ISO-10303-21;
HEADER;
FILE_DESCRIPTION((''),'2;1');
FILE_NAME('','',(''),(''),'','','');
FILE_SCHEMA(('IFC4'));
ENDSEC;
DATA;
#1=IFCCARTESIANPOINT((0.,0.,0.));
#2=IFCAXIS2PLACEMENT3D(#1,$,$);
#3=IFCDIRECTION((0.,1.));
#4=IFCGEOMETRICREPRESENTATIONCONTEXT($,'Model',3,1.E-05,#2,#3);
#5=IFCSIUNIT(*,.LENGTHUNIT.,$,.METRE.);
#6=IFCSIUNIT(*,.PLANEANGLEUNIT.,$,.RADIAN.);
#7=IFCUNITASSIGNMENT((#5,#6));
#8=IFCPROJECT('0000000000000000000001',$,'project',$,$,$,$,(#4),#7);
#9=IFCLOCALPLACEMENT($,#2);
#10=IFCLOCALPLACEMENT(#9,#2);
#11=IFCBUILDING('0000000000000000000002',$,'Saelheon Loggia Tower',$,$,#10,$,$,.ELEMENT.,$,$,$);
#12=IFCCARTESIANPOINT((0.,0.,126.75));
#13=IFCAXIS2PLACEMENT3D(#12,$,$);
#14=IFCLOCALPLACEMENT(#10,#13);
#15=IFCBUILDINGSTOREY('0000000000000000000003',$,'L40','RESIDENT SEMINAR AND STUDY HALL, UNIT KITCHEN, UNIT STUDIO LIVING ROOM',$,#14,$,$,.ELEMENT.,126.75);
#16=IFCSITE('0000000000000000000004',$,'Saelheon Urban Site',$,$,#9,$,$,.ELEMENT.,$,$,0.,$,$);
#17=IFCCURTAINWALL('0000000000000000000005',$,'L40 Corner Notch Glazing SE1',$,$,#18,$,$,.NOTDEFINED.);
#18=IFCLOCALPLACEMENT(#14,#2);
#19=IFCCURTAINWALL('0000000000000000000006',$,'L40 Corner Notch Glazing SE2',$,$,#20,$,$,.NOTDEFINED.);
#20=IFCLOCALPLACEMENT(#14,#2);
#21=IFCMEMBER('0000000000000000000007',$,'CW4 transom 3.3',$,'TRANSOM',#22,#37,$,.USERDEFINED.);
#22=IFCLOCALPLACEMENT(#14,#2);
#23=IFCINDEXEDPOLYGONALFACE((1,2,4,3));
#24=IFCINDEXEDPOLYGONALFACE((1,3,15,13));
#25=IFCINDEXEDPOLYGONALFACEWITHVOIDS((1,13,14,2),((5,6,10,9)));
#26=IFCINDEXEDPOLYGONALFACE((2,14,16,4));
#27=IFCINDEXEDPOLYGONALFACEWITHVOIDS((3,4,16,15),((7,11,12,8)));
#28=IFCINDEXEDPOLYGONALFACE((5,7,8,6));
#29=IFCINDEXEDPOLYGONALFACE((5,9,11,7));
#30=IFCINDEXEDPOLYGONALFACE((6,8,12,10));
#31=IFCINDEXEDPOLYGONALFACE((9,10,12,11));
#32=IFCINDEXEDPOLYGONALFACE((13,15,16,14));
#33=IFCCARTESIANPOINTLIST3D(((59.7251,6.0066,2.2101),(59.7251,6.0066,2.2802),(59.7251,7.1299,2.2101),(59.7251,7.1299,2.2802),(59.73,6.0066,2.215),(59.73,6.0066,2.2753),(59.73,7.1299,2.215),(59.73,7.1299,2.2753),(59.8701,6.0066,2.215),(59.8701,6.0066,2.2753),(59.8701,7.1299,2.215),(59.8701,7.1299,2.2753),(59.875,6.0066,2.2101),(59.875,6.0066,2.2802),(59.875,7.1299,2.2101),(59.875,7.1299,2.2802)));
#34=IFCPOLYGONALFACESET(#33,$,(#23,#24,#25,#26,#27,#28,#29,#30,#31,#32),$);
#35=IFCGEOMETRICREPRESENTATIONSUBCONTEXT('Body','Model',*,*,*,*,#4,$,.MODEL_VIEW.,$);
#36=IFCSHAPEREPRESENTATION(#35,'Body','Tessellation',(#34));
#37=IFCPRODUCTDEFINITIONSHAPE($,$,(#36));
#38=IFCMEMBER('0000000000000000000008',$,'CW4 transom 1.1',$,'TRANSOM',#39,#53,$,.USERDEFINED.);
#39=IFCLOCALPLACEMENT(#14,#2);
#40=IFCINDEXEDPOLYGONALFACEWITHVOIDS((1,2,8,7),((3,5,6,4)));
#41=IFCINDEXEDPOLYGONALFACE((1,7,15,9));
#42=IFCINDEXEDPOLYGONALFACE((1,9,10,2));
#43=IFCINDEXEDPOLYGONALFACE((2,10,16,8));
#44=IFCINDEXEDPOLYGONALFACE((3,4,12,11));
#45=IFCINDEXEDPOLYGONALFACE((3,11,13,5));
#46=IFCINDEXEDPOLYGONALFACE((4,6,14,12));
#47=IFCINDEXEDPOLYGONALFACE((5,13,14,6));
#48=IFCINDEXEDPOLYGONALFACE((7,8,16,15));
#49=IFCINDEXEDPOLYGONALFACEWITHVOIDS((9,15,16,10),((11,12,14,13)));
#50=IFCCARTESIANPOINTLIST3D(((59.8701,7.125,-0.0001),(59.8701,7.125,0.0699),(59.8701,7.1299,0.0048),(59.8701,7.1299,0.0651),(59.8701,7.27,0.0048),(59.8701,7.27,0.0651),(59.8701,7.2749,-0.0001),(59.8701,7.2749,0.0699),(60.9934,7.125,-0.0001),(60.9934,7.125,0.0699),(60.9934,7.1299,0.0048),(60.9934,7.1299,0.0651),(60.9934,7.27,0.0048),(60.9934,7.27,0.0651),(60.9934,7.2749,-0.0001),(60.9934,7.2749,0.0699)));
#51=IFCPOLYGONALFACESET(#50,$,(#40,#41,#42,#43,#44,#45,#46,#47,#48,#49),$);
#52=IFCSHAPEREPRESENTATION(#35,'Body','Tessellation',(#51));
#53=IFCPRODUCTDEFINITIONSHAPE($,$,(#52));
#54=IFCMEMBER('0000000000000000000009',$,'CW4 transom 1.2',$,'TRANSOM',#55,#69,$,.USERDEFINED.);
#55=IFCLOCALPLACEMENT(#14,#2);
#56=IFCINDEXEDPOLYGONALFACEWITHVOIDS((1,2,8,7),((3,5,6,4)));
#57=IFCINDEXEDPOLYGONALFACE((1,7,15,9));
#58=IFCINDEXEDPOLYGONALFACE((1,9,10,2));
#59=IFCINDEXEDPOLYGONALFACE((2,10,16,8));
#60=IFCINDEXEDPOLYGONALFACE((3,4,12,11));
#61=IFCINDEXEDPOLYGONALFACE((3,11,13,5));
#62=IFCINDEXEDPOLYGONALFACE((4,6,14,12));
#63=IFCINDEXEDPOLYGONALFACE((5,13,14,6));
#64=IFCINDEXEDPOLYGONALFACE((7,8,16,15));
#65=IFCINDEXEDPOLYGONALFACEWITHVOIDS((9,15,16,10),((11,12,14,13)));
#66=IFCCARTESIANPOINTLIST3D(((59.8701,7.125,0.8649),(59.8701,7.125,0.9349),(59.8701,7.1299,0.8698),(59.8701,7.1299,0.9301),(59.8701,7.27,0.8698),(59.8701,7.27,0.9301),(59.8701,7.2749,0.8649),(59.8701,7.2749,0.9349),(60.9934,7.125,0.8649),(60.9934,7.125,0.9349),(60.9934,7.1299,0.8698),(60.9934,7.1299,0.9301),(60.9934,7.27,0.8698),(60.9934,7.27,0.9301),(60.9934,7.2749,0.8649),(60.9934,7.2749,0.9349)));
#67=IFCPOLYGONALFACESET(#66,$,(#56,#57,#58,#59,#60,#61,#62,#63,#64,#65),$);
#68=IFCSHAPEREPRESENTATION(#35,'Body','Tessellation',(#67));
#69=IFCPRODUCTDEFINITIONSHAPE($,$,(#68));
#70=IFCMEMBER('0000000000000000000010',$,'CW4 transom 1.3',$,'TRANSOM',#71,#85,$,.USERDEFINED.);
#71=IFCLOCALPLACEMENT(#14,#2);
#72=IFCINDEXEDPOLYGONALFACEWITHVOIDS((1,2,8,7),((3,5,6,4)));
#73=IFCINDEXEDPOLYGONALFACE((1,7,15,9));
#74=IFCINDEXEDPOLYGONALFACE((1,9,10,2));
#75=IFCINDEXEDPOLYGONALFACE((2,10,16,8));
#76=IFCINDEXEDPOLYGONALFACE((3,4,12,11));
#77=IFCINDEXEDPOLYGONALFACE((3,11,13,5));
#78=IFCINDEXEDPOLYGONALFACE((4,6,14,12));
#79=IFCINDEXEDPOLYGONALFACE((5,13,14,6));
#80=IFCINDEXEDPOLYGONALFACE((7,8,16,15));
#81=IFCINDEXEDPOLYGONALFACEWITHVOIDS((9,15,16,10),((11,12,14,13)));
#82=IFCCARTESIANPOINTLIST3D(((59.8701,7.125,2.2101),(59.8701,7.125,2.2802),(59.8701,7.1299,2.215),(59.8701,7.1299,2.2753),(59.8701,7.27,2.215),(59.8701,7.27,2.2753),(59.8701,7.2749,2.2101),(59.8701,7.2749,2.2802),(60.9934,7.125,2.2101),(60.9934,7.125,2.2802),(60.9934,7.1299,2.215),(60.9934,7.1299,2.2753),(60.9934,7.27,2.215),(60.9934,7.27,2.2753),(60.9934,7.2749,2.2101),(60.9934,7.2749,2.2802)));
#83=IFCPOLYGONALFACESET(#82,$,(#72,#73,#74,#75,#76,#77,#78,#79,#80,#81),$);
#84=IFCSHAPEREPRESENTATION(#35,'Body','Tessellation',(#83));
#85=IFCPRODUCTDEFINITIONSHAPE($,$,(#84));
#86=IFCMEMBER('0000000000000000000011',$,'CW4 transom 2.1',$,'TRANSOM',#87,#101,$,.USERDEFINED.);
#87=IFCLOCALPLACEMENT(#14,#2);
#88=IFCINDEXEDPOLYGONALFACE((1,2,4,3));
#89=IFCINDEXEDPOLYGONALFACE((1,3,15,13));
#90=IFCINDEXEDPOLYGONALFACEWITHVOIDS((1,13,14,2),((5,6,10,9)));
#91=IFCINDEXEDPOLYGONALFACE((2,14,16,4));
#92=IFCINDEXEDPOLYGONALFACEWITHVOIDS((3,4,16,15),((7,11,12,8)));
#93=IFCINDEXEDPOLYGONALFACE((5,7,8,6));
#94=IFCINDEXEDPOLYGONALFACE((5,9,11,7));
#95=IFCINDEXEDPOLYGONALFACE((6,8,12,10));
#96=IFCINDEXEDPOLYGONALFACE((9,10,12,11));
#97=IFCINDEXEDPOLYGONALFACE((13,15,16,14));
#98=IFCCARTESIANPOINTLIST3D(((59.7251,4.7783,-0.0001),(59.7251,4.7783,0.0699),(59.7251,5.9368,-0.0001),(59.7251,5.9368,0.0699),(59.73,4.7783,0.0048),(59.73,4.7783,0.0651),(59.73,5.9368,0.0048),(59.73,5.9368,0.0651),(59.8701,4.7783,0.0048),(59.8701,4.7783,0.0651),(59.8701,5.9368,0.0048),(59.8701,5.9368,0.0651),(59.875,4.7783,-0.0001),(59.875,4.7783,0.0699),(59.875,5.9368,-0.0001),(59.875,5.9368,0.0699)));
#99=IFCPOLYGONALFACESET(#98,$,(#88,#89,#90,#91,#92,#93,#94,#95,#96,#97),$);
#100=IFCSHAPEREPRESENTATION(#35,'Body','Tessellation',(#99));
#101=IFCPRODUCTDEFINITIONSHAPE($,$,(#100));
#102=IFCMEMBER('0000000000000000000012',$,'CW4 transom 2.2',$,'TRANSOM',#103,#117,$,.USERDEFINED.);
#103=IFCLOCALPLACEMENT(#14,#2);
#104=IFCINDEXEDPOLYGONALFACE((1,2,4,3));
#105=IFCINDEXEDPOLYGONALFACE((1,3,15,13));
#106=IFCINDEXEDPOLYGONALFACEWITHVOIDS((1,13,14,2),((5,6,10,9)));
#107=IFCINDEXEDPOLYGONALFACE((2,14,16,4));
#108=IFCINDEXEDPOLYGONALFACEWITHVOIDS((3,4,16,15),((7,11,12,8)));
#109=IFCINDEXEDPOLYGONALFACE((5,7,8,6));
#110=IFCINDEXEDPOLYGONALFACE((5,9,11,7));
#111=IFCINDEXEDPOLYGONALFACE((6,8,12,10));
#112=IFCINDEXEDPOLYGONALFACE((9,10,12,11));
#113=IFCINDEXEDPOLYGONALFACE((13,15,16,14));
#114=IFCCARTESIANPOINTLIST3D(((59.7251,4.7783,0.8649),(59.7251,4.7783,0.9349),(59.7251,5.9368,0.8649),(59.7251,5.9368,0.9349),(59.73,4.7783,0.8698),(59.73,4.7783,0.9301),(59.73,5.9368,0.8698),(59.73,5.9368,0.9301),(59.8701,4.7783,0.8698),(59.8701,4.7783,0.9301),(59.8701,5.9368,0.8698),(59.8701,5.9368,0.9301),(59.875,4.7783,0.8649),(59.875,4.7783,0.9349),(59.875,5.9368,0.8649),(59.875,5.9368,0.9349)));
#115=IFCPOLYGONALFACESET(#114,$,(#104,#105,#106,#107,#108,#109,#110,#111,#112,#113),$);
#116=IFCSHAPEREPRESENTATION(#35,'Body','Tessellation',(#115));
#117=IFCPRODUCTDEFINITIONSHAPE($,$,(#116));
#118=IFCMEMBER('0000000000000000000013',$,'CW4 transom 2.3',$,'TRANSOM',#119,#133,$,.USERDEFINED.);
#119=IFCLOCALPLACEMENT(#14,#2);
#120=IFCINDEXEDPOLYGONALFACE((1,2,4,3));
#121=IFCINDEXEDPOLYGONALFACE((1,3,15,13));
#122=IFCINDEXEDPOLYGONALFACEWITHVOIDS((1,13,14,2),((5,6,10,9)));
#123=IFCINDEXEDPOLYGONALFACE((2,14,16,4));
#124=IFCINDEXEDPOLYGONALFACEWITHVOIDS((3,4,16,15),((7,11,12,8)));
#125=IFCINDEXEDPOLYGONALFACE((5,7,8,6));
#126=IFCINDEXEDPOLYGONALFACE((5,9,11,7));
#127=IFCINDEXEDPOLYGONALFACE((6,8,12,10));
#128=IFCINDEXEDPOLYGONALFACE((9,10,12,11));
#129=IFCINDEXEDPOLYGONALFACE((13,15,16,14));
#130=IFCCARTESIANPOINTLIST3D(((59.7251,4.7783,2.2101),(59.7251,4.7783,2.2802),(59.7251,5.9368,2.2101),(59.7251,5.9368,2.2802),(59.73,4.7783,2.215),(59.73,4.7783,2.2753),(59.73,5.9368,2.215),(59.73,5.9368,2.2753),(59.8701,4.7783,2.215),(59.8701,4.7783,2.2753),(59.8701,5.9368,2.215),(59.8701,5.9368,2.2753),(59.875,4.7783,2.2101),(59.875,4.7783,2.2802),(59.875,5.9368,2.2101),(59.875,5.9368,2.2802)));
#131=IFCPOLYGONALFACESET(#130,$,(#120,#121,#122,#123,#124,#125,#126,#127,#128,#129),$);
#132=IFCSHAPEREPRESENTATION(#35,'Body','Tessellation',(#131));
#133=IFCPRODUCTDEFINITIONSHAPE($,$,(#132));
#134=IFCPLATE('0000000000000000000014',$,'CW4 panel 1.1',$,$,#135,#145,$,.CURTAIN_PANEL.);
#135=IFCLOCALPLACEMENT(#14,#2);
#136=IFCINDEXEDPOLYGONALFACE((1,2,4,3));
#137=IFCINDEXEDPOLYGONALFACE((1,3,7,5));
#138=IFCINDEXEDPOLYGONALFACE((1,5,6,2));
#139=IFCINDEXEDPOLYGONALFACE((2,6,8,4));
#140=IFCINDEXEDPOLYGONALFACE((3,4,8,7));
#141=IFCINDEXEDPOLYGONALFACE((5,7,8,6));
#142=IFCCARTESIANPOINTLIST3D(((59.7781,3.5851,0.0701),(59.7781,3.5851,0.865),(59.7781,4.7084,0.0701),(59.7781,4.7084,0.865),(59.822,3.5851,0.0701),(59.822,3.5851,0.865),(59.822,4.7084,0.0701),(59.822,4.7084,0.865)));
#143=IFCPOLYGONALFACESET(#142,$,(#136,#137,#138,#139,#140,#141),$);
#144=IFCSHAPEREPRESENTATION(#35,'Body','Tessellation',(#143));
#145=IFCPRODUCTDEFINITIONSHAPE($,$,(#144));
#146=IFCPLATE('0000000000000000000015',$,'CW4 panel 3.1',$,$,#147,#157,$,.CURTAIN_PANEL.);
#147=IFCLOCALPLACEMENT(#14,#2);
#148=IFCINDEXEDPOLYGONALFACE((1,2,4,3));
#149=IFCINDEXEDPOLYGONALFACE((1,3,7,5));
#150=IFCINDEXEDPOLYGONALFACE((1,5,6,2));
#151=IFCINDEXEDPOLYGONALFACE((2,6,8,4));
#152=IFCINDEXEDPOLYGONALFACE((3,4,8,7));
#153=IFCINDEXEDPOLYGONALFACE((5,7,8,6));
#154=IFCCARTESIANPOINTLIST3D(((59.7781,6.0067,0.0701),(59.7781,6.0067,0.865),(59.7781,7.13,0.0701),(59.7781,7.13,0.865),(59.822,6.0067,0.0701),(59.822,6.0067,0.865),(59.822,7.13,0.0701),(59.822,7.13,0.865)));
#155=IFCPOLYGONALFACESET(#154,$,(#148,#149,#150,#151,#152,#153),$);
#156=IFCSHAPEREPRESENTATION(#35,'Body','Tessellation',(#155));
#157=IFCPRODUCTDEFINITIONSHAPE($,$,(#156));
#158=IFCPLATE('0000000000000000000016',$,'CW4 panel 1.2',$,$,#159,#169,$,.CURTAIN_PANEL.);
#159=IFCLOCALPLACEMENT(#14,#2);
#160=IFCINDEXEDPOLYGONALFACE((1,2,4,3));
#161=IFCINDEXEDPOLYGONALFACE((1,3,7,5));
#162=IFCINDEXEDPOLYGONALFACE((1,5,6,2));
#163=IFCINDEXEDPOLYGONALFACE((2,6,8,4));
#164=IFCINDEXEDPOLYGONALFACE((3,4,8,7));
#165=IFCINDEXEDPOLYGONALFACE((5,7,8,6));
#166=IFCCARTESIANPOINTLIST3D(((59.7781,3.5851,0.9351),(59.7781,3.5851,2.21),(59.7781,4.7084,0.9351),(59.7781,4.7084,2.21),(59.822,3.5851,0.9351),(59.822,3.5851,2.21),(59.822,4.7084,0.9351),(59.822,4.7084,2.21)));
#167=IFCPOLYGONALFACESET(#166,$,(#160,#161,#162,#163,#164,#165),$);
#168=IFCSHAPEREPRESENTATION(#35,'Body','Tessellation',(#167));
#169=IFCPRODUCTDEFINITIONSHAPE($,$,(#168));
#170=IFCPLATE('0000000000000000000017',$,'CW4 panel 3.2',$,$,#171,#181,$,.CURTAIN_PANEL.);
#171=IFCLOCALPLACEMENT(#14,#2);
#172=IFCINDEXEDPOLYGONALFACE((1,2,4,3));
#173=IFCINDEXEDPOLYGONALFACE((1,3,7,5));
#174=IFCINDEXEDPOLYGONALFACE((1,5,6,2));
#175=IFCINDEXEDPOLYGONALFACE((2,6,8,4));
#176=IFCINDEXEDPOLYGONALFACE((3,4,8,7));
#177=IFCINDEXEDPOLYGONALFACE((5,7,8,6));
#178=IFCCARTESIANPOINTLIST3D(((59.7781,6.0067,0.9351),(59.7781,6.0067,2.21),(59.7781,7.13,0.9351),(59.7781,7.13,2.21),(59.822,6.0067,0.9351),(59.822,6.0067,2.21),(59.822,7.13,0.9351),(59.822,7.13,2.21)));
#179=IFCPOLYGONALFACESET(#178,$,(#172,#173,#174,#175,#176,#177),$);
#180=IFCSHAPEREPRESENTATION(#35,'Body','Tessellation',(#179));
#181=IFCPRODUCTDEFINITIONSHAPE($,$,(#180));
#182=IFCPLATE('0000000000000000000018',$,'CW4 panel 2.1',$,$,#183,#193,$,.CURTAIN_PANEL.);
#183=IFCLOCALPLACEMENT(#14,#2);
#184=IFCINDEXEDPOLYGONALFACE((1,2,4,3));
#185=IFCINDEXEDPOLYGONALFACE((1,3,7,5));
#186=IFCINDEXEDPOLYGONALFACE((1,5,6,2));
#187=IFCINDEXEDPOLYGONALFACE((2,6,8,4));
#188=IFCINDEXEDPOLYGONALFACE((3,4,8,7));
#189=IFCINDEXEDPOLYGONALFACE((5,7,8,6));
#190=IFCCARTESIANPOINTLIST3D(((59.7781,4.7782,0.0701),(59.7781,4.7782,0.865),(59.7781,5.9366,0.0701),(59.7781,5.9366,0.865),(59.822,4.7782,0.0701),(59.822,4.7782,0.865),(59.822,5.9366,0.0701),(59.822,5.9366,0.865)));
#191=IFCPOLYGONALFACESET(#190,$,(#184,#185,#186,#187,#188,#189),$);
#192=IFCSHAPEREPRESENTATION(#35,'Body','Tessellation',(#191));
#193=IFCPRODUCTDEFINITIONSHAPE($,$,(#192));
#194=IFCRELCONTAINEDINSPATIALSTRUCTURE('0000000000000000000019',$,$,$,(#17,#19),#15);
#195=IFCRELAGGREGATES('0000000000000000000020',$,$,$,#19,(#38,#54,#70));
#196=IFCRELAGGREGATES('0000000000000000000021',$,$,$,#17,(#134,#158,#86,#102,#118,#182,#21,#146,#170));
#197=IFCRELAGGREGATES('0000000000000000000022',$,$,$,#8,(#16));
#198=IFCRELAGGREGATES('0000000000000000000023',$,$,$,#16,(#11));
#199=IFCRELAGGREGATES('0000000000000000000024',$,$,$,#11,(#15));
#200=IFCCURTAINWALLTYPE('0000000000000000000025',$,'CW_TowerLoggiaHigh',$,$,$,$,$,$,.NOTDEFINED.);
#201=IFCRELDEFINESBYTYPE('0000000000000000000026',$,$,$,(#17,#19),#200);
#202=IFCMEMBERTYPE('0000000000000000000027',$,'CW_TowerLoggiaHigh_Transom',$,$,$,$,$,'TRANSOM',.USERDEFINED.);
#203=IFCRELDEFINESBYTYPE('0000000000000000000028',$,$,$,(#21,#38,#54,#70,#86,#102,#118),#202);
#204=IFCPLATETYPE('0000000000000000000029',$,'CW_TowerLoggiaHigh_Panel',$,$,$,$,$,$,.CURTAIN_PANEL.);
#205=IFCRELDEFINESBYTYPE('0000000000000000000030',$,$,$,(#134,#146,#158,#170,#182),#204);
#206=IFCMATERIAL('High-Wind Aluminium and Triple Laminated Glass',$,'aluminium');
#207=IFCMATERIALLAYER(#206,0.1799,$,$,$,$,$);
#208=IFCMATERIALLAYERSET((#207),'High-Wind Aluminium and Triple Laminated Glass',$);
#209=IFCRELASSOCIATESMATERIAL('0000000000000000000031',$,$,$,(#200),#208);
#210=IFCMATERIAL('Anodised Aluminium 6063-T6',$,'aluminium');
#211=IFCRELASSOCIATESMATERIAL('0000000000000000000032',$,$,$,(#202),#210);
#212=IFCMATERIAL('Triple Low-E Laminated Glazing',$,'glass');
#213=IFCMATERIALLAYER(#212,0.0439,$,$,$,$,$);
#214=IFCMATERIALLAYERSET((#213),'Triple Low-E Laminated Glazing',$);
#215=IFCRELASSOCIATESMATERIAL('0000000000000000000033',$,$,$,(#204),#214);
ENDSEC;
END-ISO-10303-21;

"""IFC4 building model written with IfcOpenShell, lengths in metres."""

from ifc_helpers import new_model, si_unit, direction, frame, origin, origin_2d, place, context, subcontext, project, spatial, rectangle, hollow_rectangle, extrude, source, transform, mapped, material, layer, layer_set, material_profile, profile_set, type_object, element, aggregate, save


model = new_model("IFC4")

# Units and contexts
model_context = context("Model", 3, precision=1e-05, world=origin(), true_north=direction((0.0, 1.0)))
body_context = subcontext(model_context, "Body", "Model", "MODEL_VIEW")
ifc_project = project(units=[si_unit("LENGTHUNIT", "METRE"), si_unit("PLANEANGLEUNIT", "RADIAN")], contexts=[model_context])

# Site, building, storey
site_placement = place(None, origin())
site = spatial("IfcSite", under=ifc_project, at=site_placement, Name="Saelheon Urban Site", CompositionType="ELEMENT", RefElevation=0.0)
building_placement = place(site_placement, origin())
building = spatial("IfcBuilding", under=site, at=building_placement, Name="Saelheon Loggia Tower", CompositionType="ELEMENT")
storey_placement = place(building_placement, frame((0.0, 0.0, 126.75)))
storey = spatial("IfcBuildingStorey", under=building, at=storey_placement, Name="L40", Description="RESIDENT SEMINAR AND STUDY HALL, UNIT KITCHEN, UNIT STUDIO LIVING ROOM", CompositionType="ELEMENT", Elevation=126.75)

# Curtain wall
ifc_material_1 = material(Name="High-Wind Aluminium and Triple Laminated Glass", Category="aluminium")
ifc_layer_1 = layer(ifc_material_1, 0.1799)
ifc_layer_set_1 = layer_set([ifc_layer_1], Name="High-Wind Aluminium and Triple Laminated Glass")
curtain_wall_type = type_object("IfcCurtainWallType", Name="CW_TowerLoggiaHigh", PredefinedType="NOTDEFINED", material=ifc_layer_set_1)
curtain_wall_1_placement = place(storey_placement, origin())
curtain_wall_1 = element("IfcCurtainWall", 1, at=curtain_wall_1_placement, inside=storey, type_object=curtain_wall_type, Name="L40 Corner Notch Glazing SE1", PredefinedType="NOTDEFINED")
ifc_material_2 = material(Name="Anodised Aluminium 6063-T6", Category="aluminium")

# Curtain wall
curtain_wall_2_placement = place(storey_placement, origin())
curtain_wall_2 = element("IfcCurtainWall", 2, at=curtain_wall_2_placement, inside=storey, type_object=curtain_wall_type, Name="L40 Corner Notch Glazing SE2", PredefinedType="NOTDEFINED")

# Members
ifc_material_profile_1 = material_profile(ifc_material_2, hollow_rectangle(XDim=0.0701, YDim=0.1499, WallThickness=0.0049, at=origin_2d()), Name="RHS-150x70x5")
ifc_profile_set_1 = profile_set([ifc_material_profile_1], Name="Anodised Aluminium 6063-T6")
member_type_1 = type_object("IfcMemberType", Name="CW_TowerLoggiaHigh_Transom", ElementType="TRANSOM", PredefinedType="USERDEFINED", material=ifc_profile_set_1)
shared_shape_1 = source(origin(), body_context, "Body", "SweptSolid", [
    extrude(hollow_rectangle(XDim=0.0701, YDim=0.1499, WallThickness=0.0049, at=origin_2d()), origin(), (0.0, 0.0, 1.0), 1.1233),
])
member_1_placement = place(storey_placement, frame((59.8, 6.0066, 2.2451), z_axis=(0.0, 1.0, 0.0), x_axis=(0.0, 0.0, 1.0)))
member_1 = element("IfcMember", 3, at=member_1_placement, type_object=member_type_1, Name="CW4 transom 3.3", ObjectType="TRANSOM", PredefinedType="USERDEFINED", context=body_context, shape_type="MappedRepresentation", body=[
    mapped(shared_shape_1, transform((0.0, 0.0, 0.0), scale=1.0)),
])
member_2_placement = place(storey_placement, frame((59.8701, 7.2, 0.0349), z_axis=(1.0, 0.0, 0.0), x_axis=(0.0, 0.0, 1.0)))
member_2 = element("IfcMember", 4, at=member_2_placement, type_object=member_type_1, Name="CW4 transom 1.1", ObjectType="TRANSOM", PredefinedType="USERDEFINED", context=body_context, shape_type="MappedRepresentation", body=[
    mapped(shared_shape_1, transform((0.0, 0.0, 0.0), scale=1.0)),
])
member_3_placement = place(storey_placement, frame((59.8701, 7.2, 0.8999), z_axis=(1.0, 0.0, 0.0), x_axis=(0.0, 0.0, 1.0)))
member_3 = element("IfcMember", 5, at=member_3_placement, type_object=member_type_1, Name="CW4 transom 1.2", ObjectType="TRANSOM", PredefinedType="USERDEFINED", context=body_context, shape_type="MappedRepresentation", body=[
    mapped(shared_shape_1, transform((0.0, 0.0, 0.0), scale=1.0)),
])
member_4_placement = place(storey_placement, frame((59.8701, 7.2, 2.2451), z_axis=(1.0, 0.0, 0.0), x_axis=(0.0, 0.0, 1.0)))
member_4 = element("IfcMember", 6, at=member_4_placement, type_object=member_type_1, Name="CW4 transom 1.3", ObjectType="TRANSOM", PredefinedType="USERDEFINED", context=body_context, shape_type="MappedRepresentation", body=[
    mapped(shared_shape_1, transform((0.0, 0.0, 0.0), scale=1.0)),
])
aggregate(curtain_wall_2, [member_2, member_3, member_4])
shared_shape_2 = source(origin(), body_context, "Body", "SweptSolid", [
    extrude(hollow_rectangle(XDim=0.0701, YDim=0.1499, WallThickness=0.0049, at=origin_2d()), origin(), (0.0, 0.0, 1.0), 1.1584),
])
member_5_placement = place(storey_placement, frame((59.8, 4.7783, 0.0349), z_axis=(0.0, 1.0, 0.0), x_axis=(0.0, 0.0, 1.0)))
member_5 = element("IfcMember", 7, at=member_5_placement, type_object=member_type_1, Name="CW4 transom 2.1", ObjectType="TRANSOM", PredefinedType="USERDEFINED", context=body_context, shape_type="MappedRepresentation", body=[
    mapped(shared_shape_2, transform((0.0, 0.0, 0.0), scale=1.0)),
])
member_6_placement = place(storey_placement, frame((59.8, 4.7783, 0.8999), z_axis=(0.0, 1.0, 0.0), x_axis=(0.0, 0.0, 1.0)))
member_6 = element("IfcMember", 8, at=member_6_placement, type_object=member_type_1, Name="CW4 transom 2.2", ObjectType="TRANSOM", PredefinedType="USERDEFINED", context=body_context, shape_type="MappedRepresentation", body=[
    mapped(shared_shape_2, transform((0.0, 0.0, 0.0), scale=1.0)),
])
member_7_placement = place(storey_placement, frame((59.8, 4.7783, 2.2451), z_axis=(0.0, 1.0, 0.0), x_axis=(0.0, 0.0, 1.0)))
member_7 = element("IfcMember", 9, at=member_7_placement, type_object=member_type_1, Name="CW4 transom 2.3", ObjectType="TRANSOM", PredefinedType="USERDEFINED", context=body_context, shape_type="MappedRepresentation", body=[
    mapped(shared_shape_2, transform((0.0, 0.0, 0.0), scale=1.0)),
])

# Plates
ifc_material_3 = material(Name="Triple Low-E Laminated Glazing", Category="glass")
ifc_layer_2 = layer(ifc_material_3, 0.0439)
ifc_layer_set_2 = layer_set([ifc_layer_2], Name="Triple Low-E Laminated Glazing")
plate_type = type_object("IfcPlateType", Name="CW_TowerLoggiaHigh_Panel", PredefinedType="CURTAIN_PANEL", material=ifc_layer_set_2)
shared_shape_3 = source(origin(), body_context, "Body", "SweptSolid", [
    extrude(rectangle(XDim=1.1233, YDim=0.0439, at=origin_2d()), origin(), (0.0, 0.0, 1.0), 0.7949),
])
plate_1_placement = place(storey_placement, frame((59.8, 4.1467, 0.0701), z_axis=(0.0, 0.0, 1.0), x_axis=(0.0, 1.0, 0.0)))
plate_1 = element("IfcPlate", 10, at=plate_1_placement, type_object=plate_type, Name="CW4 panel 1.1", PredefinedType="CURTAIN_PANEL", context=body_context, shape_type="MappedRepresentation", body=[
    mapped(shared_shape_3, transform((0.0, 0.0, 0.0), scale=1.0)),
])
plate_2_placement = place(storey_placement, frame((59.8, 6.5684, 0.0701), z_axis=(0.0, 0.0, 1.0), x_axis=(0.0, 1.0, 0.0)))
plate_2 = element("IfcPlate", 11, at=plate_2_placement, type_object=plate_type, Name="CW4 panel 3.1", PredefinedType="CURTAIN_PANEL", context=body_context, shape_type="MappedRepresentation", body=[
    mapped(shared_shape_3, transform((0.0, 0.0, 0.0), scale=1.0)),
])
shared_shape_4 = source(origin(), body_context, "Body", "SweptSolid", [
    extrude(rectangle(XDim=1.1233, YDim=0.0439, at=origin_2d()), origin(), (0.0, 0.0, 1.0), 1.2749),
])
plate_3_placement = place(storey_placement, frame((59.8, 4.1467, 0.9351), z_axis=(0.0, 0.0, 1.0), x_axis=(0.0, 1.0, 0.0)))
plate_3 = element("IfcPlate", 12, at=plate_3_placement, type_object=plate_type, Name="CW4 panel 1.2", PredefinedType="CURTAIN_PANEL", context=body_context, shape_type="MappedRepresentation", body=[
    mapped(shared_shape_4, transform((0.0, 0.0, 0.0), scale=1.0)),
])
plate_4_placement = place(storey_placement, frame((59.8, 6.5684, 0.9351), z_axis=(0.0, 0.0, 1.0), x_axis=(0.0, 1.0, 0.0)))
plate_4 = element("IfcPlate", 13, at=plate_4_placement, type_object=plate_type, Name="CW4 panel 3.2", PredefinedType="CURTAIN_PANEL", context=body_context, shape_type="MappedRepresentation", body=[
    mapped(shared_shape_4, transform((0.0, 0.0, 0.0), scale=1.0)),
])
shared_shape_5 = source(origin(), body_context, "Body", "SweptSolid", [
    extrude(rectangle(XDim=1.1584, YDim=0.0439, at=origin_2d()), origin(), (0.0, 0.0, 1.0), 0.7949),
])
plate_5_placement = place(storey_placement, frame((59.8, 5.3574, 0.0701), z_axis=(0.0, 0.0, 1.0), x_axis=(0.0, 1.0, 0.0)))
plate_5 = element("IfcPlate", 14, at=plate_5_placement, type_object=plate_type, Name="CW4 panel 2.1", PredefinedType="CURTAIN_PANEL", context=body_context, shape_type="MappedRepresentation", body=[
    mapped(shared_shape_5, transform((0.0, 0.0, 0.0), scale=1.0)),
])
aggregate(curtain_wall_1, [plate_1, plate_3, member_5, member_6, member_7, plate_5, member_1, plate_2, plate_4])

save(model, "model.ifc")
